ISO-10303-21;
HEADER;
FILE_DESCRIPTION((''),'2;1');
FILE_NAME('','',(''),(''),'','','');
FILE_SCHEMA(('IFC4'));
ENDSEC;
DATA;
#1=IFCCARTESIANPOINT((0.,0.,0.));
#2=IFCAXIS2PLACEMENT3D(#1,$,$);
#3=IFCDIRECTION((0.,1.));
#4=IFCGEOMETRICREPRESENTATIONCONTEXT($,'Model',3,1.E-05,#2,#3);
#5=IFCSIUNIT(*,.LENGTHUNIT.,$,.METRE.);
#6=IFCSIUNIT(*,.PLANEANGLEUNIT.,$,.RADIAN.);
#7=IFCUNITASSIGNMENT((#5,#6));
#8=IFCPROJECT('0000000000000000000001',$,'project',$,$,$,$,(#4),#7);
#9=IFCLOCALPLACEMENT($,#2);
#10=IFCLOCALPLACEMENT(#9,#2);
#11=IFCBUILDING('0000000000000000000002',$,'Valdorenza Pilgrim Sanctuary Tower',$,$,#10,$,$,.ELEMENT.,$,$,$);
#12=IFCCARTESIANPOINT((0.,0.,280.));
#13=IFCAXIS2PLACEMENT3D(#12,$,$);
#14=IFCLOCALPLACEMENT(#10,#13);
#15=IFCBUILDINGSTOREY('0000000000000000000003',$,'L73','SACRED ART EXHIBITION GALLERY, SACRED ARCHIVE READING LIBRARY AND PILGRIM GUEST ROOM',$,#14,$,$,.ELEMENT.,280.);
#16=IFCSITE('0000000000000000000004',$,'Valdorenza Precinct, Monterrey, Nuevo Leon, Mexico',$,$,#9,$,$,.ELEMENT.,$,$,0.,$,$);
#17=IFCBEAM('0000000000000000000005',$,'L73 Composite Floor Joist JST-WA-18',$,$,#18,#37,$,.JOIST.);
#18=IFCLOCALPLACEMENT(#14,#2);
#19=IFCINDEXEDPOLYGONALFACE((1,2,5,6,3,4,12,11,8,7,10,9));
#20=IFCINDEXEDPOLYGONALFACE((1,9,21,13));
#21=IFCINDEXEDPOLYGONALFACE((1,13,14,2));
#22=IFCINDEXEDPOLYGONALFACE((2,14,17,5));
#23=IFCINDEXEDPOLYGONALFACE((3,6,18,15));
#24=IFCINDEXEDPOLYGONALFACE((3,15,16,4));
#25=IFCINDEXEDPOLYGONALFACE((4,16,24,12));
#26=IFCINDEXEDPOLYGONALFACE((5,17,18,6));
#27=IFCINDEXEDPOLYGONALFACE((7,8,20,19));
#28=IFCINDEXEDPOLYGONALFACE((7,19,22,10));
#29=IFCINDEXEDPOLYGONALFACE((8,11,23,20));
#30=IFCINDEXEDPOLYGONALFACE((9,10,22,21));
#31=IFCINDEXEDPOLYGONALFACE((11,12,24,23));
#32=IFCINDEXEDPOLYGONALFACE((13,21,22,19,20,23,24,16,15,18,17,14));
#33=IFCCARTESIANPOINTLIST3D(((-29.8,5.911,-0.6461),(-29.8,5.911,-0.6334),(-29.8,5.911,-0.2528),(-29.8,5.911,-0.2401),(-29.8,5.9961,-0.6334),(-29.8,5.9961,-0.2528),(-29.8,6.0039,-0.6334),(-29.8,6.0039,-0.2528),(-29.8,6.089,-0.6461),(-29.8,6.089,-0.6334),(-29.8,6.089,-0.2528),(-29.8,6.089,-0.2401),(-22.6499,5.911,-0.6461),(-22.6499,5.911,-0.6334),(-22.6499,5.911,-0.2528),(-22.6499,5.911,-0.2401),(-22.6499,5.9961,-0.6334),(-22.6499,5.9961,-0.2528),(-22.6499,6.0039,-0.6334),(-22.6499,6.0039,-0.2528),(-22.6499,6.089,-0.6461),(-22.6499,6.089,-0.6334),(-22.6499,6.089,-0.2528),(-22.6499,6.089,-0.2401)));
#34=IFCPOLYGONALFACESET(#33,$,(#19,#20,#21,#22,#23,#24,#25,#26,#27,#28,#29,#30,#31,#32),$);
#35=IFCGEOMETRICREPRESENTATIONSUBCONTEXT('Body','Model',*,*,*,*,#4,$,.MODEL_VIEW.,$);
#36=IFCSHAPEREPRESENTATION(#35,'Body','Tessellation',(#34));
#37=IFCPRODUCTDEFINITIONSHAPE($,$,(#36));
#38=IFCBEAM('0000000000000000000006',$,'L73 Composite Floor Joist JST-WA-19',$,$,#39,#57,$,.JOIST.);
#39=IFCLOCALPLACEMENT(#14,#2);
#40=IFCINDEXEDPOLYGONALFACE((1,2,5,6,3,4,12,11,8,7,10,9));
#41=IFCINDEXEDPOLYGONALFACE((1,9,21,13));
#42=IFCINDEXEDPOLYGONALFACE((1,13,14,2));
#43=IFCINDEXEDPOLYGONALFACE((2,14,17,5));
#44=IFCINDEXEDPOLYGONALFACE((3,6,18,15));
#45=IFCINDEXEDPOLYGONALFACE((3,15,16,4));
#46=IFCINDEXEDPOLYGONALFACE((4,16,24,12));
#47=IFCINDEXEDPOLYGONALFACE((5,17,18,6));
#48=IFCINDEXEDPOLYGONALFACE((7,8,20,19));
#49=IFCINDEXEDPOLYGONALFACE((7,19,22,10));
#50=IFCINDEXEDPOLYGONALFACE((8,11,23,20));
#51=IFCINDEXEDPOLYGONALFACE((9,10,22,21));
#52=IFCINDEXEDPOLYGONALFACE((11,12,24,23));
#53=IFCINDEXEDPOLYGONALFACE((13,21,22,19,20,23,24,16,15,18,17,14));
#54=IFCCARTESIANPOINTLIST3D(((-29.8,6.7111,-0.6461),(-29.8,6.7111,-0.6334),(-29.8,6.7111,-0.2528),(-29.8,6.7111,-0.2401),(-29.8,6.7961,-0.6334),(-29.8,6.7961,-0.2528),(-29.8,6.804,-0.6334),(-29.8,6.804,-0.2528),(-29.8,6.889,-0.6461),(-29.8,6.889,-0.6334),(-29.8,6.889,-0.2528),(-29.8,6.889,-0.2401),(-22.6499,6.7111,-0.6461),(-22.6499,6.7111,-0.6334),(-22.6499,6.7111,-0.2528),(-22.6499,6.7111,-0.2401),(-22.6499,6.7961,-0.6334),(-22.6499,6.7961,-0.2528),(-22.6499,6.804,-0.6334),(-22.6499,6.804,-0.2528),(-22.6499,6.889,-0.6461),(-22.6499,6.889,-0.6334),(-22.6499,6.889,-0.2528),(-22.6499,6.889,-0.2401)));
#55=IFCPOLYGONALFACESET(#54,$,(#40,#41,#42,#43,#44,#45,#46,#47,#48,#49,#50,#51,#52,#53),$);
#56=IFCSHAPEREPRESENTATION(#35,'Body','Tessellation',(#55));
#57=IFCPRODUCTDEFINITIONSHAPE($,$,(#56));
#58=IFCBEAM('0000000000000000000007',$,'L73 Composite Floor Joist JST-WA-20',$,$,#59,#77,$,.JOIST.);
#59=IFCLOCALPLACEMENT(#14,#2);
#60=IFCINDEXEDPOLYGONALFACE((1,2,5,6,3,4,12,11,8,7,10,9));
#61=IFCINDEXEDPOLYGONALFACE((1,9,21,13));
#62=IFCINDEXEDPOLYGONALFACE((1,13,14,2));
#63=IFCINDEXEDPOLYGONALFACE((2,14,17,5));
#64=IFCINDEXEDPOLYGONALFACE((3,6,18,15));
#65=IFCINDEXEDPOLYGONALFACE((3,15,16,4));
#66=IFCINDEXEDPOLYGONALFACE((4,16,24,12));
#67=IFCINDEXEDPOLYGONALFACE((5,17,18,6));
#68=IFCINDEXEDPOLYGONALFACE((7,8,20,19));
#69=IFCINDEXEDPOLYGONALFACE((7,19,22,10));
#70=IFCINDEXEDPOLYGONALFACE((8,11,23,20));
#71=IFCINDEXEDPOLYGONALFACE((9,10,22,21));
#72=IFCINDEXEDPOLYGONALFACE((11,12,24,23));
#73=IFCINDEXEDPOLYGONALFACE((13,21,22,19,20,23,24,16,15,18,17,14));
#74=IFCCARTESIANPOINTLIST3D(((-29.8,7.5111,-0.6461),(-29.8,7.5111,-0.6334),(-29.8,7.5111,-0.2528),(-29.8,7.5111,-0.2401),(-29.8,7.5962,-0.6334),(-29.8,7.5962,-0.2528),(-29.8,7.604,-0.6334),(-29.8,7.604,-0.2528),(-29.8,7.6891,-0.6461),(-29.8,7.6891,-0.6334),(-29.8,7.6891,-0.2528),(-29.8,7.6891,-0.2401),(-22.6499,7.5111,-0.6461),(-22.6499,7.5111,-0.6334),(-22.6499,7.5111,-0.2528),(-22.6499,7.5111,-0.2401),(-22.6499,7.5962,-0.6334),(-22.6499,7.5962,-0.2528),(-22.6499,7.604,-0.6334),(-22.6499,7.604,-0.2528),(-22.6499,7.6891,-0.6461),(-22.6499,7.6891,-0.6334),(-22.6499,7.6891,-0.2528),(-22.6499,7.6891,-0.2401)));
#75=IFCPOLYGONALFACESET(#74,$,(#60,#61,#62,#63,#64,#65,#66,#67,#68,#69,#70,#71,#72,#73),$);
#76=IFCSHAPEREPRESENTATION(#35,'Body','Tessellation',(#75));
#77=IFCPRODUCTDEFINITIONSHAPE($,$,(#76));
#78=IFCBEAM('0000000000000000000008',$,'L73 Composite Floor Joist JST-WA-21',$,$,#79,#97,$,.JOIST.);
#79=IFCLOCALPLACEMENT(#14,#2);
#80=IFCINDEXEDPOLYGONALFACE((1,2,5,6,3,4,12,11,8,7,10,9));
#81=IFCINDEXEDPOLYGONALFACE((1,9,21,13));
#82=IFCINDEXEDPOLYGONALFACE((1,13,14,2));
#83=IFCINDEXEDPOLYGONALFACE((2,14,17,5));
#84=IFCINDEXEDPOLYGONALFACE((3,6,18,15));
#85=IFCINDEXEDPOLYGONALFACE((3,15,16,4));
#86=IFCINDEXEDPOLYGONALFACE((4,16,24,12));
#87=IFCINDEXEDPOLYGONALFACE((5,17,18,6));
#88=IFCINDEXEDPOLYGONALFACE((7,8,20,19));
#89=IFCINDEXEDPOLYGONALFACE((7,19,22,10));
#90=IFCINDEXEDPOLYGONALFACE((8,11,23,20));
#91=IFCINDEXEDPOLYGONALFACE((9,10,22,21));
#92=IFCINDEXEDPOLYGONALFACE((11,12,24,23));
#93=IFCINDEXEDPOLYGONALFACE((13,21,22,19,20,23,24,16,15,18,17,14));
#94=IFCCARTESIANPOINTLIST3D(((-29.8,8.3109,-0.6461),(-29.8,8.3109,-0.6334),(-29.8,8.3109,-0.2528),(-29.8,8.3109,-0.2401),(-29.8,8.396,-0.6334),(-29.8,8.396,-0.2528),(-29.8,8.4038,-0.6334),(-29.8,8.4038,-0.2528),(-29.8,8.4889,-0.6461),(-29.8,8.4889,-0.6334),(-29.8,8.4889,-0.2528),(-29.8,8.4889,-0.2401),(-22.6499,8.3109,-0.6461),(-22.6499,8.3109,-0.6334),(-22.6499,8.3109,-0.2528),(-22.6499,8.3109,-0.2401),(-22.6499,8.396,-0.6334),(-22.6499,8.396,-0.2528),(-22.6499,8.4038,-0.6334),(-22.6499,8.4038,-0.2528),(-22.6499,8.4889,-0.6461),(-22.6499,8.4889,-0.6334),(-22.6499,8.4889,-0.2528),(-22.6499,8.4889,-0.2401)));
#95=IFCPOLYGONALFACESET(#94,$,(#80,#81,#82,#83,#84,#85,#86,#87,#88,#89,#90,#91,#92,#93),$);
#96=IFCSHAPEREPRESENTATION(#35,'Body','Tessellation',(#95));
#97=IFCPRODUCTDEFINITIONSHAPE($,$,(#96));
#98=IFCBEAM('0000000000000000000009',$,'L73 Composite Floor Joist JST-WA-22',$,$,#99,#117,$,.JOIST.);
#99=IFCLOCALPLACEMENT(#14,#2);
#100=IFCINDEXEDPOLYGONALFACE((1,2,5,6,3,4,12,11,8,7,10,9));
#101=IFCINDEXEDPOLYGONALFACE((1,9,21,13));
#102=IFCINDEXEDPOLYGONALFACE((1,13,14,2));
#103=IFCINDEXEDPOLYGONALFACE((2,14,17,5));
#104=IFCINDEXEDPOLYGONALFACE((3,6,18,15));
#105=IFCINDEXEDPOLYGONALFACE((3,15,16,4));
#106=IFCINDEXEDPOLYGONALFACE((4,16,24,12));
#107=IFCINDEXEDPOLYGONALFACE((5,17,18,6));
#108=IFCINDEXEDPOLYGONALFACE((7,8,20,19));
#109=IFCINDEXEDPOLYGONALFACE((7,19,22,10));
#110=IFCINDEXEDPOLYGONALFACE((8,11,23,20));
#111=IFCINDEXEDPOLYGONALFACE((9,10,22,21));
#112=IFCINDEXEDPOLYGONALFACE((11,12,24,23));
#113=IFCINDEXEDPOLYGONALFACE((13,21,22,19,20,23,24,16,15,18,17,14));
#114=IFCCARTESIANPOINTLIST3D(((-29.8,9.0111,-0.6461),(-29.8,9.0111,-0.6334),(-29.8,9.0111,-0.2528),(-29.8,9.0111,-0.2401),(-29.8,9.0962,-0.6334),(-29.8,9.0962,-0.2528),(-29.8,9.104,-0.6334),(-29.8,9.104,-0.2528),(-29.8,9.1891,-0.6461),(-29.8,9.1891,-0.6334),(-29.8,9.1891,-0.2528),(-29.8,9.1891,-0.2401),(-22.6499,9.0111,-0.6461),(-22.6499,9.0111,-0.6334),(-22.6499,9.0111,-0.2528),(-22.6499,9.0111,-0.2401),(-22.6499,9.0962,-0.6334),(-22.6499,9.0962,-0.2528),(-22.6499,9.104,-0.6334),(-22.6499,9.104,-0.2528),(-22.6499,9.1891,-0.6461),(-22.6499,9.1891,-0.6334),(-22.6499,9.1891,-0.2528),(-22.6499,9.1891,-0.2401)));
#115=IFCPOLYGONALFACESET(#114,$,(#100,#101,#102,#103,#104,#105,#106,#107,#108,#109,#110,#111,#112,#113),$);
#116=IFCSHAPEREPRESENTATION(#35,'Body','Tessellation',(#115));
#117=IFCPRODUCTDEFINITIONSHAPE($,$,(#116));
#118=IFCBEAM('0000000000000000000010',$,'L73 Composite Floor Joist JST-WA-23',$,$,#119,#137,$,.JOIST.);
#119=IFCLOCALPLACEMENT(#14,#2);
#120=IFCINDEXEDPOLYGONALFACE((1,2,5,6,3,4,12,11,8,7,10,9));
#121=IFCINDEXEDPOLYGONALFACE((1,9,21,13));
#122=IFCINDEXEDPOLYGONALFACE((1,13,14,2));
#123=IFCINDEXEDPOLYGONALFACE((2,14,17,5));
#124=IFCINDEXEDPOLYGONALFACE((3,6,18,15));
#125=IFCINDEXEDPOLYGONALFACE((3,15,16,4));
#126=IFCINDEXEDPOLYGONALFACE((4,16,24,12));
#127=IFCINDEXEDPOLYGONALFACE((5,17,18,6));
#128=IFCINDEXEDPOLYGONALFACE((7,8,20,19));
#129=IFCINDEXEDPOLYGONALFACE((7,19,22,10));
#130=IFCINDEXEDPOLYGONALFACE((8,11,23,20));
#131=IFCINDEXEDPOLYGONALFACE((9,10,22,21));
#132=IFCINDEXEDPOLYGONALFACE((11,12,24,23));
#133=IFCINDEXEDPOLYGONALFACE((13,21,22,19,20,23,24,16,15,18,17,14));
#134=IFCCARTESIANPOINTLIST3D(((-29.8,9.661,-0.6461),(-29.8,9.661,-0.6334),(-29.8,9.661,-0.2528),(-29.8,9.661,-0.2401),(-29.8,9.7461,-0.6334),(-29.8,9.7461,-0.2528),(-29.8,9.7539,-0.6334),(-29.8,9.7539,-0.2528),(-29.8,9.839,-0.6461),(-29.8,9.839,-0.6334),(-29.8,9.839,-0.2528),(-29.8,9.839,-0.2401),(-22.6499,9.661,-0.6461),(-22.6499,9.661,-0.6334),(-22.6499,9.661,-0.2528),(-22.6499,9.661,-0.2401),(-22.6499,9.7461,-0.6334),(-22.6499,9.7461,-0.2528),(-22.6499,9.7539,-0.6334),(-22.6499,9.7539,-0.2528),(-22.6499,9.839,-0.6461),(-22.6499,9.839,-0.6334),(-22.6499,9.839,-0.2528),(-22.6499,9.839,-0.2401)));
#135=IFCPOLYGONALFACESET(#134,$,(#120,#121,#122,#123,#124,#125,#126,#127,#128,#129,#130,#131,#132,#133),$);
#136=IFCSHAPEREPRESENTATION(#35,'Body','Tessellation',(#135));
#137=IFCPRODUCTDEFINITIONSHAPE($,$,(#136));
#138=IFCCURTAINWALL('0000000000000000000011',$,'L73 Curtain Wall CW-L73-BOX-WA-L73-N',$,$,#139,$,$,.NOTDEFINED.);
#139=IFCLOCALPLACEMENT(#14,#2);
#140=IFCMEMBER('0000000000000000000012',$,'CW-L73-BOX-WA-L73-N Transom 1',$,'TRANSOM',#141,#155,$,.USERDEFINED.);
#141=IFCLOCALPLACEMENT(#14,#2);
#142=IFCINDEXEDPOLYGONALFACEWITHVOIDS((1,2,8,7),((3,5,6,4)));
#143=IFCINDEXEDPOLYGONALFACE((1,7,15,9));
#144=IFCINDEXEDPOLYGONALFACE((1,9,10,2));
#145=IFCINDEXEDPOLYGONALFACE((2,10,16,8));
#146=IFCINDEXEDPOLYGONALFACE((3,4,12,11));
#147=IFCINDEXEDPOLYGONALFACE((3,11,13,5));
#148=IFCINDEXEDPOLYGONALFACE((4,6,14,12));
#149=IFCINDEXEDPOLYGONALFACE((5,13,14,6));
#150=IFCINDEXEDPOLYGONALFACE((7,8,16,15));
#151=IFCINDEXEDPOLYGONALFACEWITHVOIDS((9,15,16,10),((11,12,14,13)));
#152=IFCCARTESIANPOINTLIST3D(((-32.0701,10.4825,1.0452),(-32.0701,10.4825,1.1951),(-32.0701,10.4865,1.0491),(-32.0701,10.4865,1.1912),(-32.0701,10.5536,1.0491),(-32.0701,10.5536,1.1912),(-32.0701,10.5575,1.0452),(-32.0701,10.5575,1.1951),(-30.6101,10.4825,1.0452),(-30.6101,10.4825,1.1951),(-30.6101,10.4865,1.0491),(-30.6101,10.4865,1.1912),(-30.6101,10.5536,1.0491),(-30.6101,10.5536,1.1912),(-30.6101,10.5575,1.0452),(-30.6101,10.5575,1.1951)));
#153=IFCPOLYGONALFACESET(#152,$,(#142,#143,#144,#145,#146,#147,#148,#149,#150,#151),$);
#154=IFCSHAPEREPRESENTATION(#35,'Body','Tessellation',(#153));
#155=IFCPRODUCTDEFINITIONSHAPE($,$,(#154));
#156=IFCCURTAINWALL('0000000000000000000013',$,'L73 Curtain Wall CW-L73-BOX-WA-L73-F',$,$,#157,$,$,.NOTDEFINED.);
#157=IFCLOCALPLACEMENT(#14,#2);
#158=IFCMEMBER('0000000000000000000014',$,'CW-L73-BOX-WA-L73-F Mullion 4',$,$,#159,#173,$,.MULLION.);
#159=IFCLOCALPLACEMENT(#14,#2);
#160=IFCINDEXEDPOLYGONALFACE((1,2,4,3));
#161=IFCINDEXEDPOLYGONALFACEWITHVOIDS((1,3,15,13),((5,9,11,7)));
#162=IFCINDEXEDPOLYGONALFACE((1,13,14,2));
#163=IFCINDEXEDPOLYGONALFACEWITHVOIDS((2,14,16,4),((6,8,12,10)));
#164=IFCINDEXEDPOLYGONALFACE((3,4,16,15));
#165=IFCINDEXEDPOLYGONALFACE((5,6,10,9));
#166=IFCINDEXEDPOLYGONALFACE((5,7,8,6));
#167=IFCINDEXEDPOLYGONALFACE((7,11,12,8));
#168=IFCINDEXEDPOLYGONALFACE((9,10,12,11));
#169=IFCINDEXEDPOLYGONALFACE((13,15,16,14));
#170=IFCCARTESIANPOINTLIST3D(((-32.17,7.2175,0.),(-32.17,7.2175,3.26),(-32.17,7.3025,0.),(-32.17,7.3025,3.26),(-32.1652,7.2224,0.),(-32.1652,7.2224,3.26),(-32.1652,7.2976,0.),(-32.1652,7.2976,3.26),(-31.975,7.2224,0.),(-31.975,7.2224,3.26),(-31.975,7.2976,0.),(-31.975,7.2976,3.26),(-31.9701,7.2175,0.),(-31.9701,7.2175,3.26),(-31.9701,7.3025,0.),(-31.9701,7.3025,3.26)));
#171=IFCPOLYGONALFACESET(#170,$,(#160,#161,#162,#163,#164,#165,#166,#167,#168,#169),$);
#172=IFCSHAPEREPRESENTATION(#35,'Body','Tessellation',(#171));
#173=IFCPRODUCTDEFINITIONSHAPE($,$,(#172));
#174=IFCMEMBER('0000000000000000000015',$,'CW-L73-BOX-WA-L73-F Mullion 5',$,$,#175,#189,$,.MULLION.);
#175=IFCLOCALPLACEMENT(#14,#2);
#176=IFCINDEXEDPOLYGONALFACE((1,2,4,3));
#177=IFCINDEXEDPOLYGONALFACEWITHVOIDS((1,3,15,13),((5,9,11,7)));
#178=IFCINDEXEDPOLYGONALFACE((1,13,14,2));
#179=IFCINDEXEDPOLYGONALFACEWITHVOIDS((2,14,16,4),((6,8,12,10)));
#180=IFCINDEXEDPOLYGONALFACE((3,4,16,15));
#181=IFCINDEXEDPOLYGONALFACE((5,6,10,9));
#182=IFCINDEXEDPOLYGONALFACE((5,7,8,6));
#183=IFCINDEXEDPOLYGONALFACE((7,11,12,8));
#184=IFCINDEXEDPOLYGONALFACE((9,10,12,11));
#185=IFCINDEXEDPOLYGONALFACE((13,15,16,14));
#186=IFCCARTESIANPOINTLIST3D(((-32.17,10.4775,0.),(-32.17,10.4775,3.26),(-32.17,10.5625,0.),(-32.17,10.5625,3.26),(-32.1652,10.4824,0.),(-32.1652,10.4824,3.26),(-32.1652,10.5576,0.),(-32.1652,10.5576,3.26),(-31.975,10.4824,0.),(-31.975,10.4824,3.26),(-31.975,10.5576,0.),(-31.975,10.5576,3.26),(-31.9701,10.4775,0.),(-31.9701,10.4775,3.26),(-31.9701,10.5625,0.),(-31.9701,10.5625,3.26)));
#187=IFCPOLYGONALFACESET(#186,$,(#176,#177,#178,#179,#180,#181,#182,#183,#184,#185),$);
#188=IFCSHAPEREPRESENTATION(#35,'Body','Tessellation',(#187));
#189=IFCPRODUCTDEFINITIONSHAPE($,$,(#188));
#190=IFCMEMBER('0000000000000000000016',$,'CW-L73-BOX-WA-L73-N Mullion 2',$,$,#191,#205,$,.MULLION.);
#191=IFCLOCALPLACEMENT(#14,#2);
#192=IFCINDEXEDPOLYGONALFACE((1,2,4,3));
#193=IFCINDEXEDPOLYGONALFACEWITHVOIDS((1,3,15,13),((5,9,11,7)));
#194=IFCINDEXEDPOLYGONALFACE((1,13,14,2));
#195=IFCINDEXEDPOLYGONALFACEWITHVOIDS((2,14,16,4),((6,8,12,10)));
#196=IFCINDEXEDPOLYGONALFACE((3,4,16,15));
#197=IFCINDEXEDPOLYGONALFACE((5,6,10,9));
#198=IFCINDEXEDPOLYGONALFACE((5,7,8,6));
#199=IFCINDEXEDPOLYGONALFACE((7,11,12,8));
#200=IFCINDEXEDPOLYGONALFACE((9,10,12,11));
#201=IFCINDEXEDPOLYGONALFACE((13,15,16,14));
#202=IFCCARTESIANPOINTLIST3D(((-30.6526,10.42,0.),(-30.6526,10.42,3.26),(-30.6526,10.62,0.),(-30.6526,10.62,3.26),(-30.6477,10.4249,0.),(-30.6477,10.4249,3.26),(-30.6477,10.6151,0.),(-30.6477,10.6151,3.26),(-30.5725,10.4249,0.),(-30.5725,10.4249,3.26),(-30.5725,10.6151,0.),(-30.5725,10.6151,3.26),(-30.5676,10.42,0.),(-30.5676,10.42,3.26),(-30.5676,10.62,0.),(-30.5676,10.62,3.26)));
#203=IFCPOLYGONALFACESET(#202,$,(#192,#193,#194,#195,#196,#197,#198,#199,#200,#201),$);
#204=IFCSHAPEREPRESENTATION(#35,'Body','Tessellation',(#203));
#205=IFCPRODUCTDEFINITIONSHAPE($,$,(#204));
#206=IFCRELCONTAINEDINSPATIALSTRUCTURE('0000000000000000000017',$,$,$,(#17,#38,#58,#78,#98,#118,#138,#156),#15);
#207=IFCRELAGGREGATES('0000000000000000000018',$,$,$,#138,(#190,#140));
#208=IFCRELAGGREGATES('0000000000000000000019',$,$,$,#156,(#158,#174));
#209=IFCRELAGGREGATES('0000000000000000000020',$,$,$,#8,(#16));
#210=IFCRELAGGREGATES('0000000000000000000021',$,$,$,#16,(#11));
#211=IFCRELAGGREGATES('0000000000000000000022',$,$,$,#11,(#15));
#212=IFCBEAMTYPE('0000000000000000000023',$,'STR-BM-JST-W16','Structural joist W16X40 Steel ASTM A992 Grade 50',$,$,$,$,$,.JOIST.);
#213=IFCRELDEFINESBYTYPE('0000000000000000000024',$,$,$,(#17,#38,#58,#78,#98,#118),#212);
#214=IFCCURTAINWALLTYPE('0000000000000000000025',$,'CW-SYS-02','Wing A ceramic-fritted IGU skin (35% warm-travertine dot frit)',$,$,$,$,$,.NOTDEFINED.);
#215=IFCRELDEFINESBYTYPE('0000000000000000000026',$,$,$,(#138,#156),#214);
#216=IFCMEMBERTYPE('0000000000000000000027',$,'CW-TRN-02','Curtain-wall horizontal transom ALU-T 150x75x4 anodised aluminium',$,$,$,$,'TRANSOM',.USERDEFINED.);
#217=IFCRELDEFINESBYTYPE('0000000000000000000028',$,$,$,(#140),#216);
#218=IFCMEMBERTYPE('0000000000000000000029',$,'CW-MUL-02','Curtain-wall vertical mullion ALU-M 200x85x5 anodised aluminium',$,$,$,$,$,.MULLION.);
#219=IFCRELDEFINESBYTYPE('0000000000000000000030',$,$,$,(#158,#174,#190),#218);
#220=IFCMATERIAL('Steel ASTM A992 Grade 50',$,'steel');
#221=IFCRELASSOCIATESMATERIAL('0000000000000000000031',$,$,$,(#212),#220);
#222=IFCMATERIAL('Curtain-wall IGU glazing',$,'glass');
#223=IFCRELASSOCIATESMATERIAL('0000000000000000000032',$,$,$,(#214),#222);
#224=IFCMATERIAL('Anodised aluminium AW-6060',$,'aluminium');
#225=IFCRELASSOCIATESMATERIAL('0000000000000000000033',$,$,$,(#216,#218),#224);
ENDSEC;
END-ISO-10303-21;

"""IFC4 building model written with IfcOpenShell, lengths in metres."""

from ifc_helpers import new_model, si_unit, direction, frame, origin, origin_2d, place, context, subcontext, project, spatial, hollow_rectangle, i_section, extrude, source, transform, mapped, material, material_profile, profile_set, type_object, element, aggregate, save


model = new_model("IFC4")

# Units and contexts
model_context = context("Model", 3, precision=1e-05, world=origin(), true_north=direction((0.0, 1.0)))
body_context = subcontext(model_context, "Body", "Model", "MODEL_VIEW")
ifc_project = project(units=[si_unit("LENGTHUNIT", "METRE"), si_unit("PLANEANGLEUNIT", "RADIAN")], contexts=[model_context])

# Site, building, storey
site_placement = place(None, origin())
site = spatial("IfcSite", under=ifc_project, at=site_placement, Name="Valdorenza Precinct, Monterrey, Nuevo Leon, Mexico", CompositionType="ELEMENT", RefElevation=0.0)
building_placement = place(site_placement, origin())
building = spatial("IfcBuilding", under=site, at=building_placement, Name="Valdorenza Pilgrim Sanctuary Tower", CompositionType="ELEMENT")
storey_placement = place(building_placement, frame((0.0, 0.0, 280.0)))
storey = spatial("IfcBuildingStorey", under=building, at=storey_placement, Name="L73", Description="SACRED ART EXHIBITION GALLERY, SACRED ARCHIVE READING LIBRARY AND PILGRIM GUEST ROOM", CompositionType="ELEMENT", Elevation=280.0)

# Beams
ifc_material_1 = material(Name="Steel ASTM A992 Grade 50", Category="steel")
ifc_material_profile_1 = material_profile(ifc_material_1, i_section(OverallWidth=0.178, OverallDepth=0.406, WebThickness=0.0078, FlangeThickness=0.0127, at=origin_2d()), Name="W16X40")
ifc_profile_set_1 = profile_set([ifc_material_profile_1], Name="Steel ASTM A992 Grade 50")
beam_type = type_object("IfcBeamType", Name="STR-BM-JST-W16", Description="Structural joist W16X40 Steel ASTM A992 Grade 50", PredefinedType="JOIST", material=ifc_profile_set_1)
shared_shape_1 = source(origin(), body_context, "Body", "SweptSolid", [
    extrude(i_section(OverallWidth=0.178, OverallDepth=0.406, WebThickness=0.0078, FlangeThickness=0.0127, at=origin_2d()), origin(), (0.0, 0.0, 1.0), 7.1501),
])
for number, where, z_axis, x_axis, name in (
    (1, (-29.8, 6.0, -0.4431), (1.0, 0.0, 0.0), (0.0, 1.0, 0.0), "L73 Composite Floor Joist JST-WA-18"),
    (2, (-29.8, 6.8, -0.4431), (1.0, 0.0, 0.0), (0.0, 1.0, 0.0), "L73 Composite Floor Joist JST-WA-19"),
    (3, (-29.8, 7.6001, -0.4431), (1.0, 0.0, 0.0), (0.0, 1.0, 0.0), "L73 Composite Floor Joist JST-WA-20"),
    (4, (-29.8, 8.3999, -0.4431), (1.0, 0.0, 0.0), (0.0, 1.0, 0.0), "L73 Composite Floor Joist JST-WA-21"),
    (5, (-29.8, 9.1001, -0.4431), (1.0, 0.0, 0.0), (0.0, 1.0, 0.0), "L73 Composite Floor Joist JST-WA-22"),
    (6, (-29.8, 9.75, -0.4431), (1.0, 0.0, 0.0), (0.0, 1.0, 0.0), "L73 Composite Floor Joist JST-WA-23"),
):
    element("IfcBeam", number, at=place(storey_placement, frame(where, z_axis=z_axis, x_axis=x_axis)), inside=storey, type_object=beam_type, Name=name, PredefinedType="JOIST", context=body_context, shape_type="MappedRepresentation", body=[
        mapped(shared_shape_1, transform((0.0, 0.0, 0.0), x_axis=(1.0, 0.0, 0.0), y_axis=(0.0, 1.0, 0.0), z_axis=(0.0, 0.0, 1.0), scale=1.0)),
    ])

# Curtain wall, member
ifc_material_2 = material(Name="Curtain-wall IGU glazing", Category="glass")
curtain_wall_type = type_object("IfcCurtainWallType", Name="CW-SYS-02", Description="Wing A ceramic-fritted IGU skin (35% warm-travertine dot frit)", PredefinedType="NOTDEFINED", material=ifc_material_2)
curtain_wall_1_placement = place(storey_placement, origin())
curtain_wall_1 = element("IfcCurtainWall", 7, at=curtain_wall_1_placement, inside=storey, type_object=curtain_wall_type, Name="L73 Curtain Wall CW-L73-BOX-WA-L73-N", PredefinedType="NOTDEFINED")
ifc_material_3 = material(Name="Anodised aluminium AW-6060", Category="aluminium")
ifc_material_profile_2 = material_profile(ifc_material_3, hollow_rectangle(XDim=0.075, YDim=0.1499, WallThickness=0.0039, at=origin_2d()), Name="ALU-T 150x75x4")
ifc_profile_set_2 = profile_set([ifc_material_profile_2], Name="Anodised aluminium AW-6060")
member_type_1 = type_object("IfcMemberType", Name="CW-TRN-02", Description="Curtain-wall horizontal transom ALU-T 150x75x4 anodised aluminium", ElementType="TRANSOM", PredefinedType="USERDEFINED", material=ifc_profile_set_2)
shared_shape_2 = source(origin(), body_context, "Body", "SweptSolid", [
    extrude(hollow_rectangle(XDim=0.075, YDim=0.1499, WallThickness=0.0039, at=origin_2d()), origin(), (0.0, 0.0, 1.0), 1.46),
])
member_1_placement = place(storey_placement, frame((-32.0701, 10.52, 1.1201), z_axis=(1.0, 0.0, 0.0), x_axis=(0.0, 1.0, 0.0)))
member_1 = element("IfcMember", 8, at=member_1_placement, type_object=member_type_1, Name="CW-L73-BOX-WA-L73-N Transom 1", ObjectType="TRANSOM", PredefinedType="USERDEFINED", context=body_context, shape_type="MappedRepresentation", body=[
    mapped(shared_shape_2, transform((0.0, 0.0, 0.0), x_axis=(1.0, 0.0, 0.0), y_axis=(0.0, 1.0, 0.0), z_axis=(0.0, 0.0, 1.0), scale=1.0)),
])

# Curtain wall, members
curtain_wall_2_placement = place(storey_placement, origin())
curtain_wall_2 = element("IfcCurtainWall", 9, at=curtain_wall_2_placement, inside=storey, type_object=curtain_wall_type, Name="L73 Curtain Wall CW-L73-BOX-WA-L73-F", PredefinedType="NOTDEFINED")
ifc_material_profile_3 = material_profile(ifc_material_3, hollow_rectangle(XDim=0.085, YDim=0.2, WallThickness=0.0049, at=origin_2d()), Name="ALU-M 200x85x5")
ifc_profile_set_3 = profile_set([ifc_material_profile_3], Name="Anodised aluminium AW-6060")
member_type_2 = type_object("IfcMemberType", Name="CW-MUL-02", Description="Curtain-wall vertical mullion ALU-M 200x85x5 anodised aluminium", PredefinedType="MULLION", material=ifc_profile_set_3)
shared_shape_3 = source(origin(), body_context, "Body", "SweptSolid", [
    extrude(hollow_rectangle(XDim=0.085, YDim=0.2, WallThickness=0.0049, at=origin_2d()), origin(), (0.0, 0.0, 1.0), 3.26),
])
member_2_placement = place(storey_placement, frame((-32.0701, 7.26, 0.0), z_axis=(0.0, 0.0, 1.0), x_axis=(0.0, 1.0, 0.0)))
member_2 = element("IfcMember", 10, at=member_2_placement, type_object=member_type_2, Name="CW-L73-BOX-WA-L73-F Mullion 4", PredefinedType="MULLION", context=body_context, shape_type="MappedRepresentation", body=[
    mapped(shared_shape_3, transform((0.0, 0.0, 0.0), x_axis=(1.0, 0.0, 0.0), y_axis=(0.0, 1.0, 0.0), z_axis=(0.0, 0.0, 1.0), scale=1.0)),
])
member_3_placement = place(storey_placement, frame((-32.0701, 10.52, 0.0), z_axis=(0.0, 0.0, 1.0), x_axis=(0.0, 1.0, 0.0)))
member_3 = element("IfcMember", 11, at=member_3_placement, type_object=member_type_2, Name="CW-L73-BOX-WA-L73-F Mullion 5", PredefinedType="MULLION", context=body_context, shape_type="MappedRepresentation", body=[
    mapped(shared_shape_3, transform((0.0, 0.0, 0.0), x_axis=(1.0, 0.0, 0.0), y_axis=(0.0, 1.0, 0.0), z_axis=(0.0, 0.0, 1.0), scale=1.0)),
])

# Member
member_4_placement = place(storey_placement, frame((-30.6101, 10.52, 0.0), z_axis=(0.0, 0.0, 1.0), x_axis=(1.0, 0.0, 0.0)))
member_4 = element("IfcMember", 12, at=member_4_placement, type_object=member_type_2, Name="CW-L73-BOX-WA-L73-N Mullion 2", PredefinedType="MULLION", context=body_context, shape_type="MappedRepresentation", body=[
    mapped(shared_shape_3, transform((0.0, 0.0, 0.0), x_axis=(1.0, 0.0, 0.0), y_axis=(0.0, 1.0, 0.0), z_axis=(0.0, 0.0, 1.0), scale=1.0)),
])

aggregate(curtain_wall_1, [member_4, member_1])
aggregate(curtain_wall_2, [member_2, member_3])

save(model, "model.ifc")
